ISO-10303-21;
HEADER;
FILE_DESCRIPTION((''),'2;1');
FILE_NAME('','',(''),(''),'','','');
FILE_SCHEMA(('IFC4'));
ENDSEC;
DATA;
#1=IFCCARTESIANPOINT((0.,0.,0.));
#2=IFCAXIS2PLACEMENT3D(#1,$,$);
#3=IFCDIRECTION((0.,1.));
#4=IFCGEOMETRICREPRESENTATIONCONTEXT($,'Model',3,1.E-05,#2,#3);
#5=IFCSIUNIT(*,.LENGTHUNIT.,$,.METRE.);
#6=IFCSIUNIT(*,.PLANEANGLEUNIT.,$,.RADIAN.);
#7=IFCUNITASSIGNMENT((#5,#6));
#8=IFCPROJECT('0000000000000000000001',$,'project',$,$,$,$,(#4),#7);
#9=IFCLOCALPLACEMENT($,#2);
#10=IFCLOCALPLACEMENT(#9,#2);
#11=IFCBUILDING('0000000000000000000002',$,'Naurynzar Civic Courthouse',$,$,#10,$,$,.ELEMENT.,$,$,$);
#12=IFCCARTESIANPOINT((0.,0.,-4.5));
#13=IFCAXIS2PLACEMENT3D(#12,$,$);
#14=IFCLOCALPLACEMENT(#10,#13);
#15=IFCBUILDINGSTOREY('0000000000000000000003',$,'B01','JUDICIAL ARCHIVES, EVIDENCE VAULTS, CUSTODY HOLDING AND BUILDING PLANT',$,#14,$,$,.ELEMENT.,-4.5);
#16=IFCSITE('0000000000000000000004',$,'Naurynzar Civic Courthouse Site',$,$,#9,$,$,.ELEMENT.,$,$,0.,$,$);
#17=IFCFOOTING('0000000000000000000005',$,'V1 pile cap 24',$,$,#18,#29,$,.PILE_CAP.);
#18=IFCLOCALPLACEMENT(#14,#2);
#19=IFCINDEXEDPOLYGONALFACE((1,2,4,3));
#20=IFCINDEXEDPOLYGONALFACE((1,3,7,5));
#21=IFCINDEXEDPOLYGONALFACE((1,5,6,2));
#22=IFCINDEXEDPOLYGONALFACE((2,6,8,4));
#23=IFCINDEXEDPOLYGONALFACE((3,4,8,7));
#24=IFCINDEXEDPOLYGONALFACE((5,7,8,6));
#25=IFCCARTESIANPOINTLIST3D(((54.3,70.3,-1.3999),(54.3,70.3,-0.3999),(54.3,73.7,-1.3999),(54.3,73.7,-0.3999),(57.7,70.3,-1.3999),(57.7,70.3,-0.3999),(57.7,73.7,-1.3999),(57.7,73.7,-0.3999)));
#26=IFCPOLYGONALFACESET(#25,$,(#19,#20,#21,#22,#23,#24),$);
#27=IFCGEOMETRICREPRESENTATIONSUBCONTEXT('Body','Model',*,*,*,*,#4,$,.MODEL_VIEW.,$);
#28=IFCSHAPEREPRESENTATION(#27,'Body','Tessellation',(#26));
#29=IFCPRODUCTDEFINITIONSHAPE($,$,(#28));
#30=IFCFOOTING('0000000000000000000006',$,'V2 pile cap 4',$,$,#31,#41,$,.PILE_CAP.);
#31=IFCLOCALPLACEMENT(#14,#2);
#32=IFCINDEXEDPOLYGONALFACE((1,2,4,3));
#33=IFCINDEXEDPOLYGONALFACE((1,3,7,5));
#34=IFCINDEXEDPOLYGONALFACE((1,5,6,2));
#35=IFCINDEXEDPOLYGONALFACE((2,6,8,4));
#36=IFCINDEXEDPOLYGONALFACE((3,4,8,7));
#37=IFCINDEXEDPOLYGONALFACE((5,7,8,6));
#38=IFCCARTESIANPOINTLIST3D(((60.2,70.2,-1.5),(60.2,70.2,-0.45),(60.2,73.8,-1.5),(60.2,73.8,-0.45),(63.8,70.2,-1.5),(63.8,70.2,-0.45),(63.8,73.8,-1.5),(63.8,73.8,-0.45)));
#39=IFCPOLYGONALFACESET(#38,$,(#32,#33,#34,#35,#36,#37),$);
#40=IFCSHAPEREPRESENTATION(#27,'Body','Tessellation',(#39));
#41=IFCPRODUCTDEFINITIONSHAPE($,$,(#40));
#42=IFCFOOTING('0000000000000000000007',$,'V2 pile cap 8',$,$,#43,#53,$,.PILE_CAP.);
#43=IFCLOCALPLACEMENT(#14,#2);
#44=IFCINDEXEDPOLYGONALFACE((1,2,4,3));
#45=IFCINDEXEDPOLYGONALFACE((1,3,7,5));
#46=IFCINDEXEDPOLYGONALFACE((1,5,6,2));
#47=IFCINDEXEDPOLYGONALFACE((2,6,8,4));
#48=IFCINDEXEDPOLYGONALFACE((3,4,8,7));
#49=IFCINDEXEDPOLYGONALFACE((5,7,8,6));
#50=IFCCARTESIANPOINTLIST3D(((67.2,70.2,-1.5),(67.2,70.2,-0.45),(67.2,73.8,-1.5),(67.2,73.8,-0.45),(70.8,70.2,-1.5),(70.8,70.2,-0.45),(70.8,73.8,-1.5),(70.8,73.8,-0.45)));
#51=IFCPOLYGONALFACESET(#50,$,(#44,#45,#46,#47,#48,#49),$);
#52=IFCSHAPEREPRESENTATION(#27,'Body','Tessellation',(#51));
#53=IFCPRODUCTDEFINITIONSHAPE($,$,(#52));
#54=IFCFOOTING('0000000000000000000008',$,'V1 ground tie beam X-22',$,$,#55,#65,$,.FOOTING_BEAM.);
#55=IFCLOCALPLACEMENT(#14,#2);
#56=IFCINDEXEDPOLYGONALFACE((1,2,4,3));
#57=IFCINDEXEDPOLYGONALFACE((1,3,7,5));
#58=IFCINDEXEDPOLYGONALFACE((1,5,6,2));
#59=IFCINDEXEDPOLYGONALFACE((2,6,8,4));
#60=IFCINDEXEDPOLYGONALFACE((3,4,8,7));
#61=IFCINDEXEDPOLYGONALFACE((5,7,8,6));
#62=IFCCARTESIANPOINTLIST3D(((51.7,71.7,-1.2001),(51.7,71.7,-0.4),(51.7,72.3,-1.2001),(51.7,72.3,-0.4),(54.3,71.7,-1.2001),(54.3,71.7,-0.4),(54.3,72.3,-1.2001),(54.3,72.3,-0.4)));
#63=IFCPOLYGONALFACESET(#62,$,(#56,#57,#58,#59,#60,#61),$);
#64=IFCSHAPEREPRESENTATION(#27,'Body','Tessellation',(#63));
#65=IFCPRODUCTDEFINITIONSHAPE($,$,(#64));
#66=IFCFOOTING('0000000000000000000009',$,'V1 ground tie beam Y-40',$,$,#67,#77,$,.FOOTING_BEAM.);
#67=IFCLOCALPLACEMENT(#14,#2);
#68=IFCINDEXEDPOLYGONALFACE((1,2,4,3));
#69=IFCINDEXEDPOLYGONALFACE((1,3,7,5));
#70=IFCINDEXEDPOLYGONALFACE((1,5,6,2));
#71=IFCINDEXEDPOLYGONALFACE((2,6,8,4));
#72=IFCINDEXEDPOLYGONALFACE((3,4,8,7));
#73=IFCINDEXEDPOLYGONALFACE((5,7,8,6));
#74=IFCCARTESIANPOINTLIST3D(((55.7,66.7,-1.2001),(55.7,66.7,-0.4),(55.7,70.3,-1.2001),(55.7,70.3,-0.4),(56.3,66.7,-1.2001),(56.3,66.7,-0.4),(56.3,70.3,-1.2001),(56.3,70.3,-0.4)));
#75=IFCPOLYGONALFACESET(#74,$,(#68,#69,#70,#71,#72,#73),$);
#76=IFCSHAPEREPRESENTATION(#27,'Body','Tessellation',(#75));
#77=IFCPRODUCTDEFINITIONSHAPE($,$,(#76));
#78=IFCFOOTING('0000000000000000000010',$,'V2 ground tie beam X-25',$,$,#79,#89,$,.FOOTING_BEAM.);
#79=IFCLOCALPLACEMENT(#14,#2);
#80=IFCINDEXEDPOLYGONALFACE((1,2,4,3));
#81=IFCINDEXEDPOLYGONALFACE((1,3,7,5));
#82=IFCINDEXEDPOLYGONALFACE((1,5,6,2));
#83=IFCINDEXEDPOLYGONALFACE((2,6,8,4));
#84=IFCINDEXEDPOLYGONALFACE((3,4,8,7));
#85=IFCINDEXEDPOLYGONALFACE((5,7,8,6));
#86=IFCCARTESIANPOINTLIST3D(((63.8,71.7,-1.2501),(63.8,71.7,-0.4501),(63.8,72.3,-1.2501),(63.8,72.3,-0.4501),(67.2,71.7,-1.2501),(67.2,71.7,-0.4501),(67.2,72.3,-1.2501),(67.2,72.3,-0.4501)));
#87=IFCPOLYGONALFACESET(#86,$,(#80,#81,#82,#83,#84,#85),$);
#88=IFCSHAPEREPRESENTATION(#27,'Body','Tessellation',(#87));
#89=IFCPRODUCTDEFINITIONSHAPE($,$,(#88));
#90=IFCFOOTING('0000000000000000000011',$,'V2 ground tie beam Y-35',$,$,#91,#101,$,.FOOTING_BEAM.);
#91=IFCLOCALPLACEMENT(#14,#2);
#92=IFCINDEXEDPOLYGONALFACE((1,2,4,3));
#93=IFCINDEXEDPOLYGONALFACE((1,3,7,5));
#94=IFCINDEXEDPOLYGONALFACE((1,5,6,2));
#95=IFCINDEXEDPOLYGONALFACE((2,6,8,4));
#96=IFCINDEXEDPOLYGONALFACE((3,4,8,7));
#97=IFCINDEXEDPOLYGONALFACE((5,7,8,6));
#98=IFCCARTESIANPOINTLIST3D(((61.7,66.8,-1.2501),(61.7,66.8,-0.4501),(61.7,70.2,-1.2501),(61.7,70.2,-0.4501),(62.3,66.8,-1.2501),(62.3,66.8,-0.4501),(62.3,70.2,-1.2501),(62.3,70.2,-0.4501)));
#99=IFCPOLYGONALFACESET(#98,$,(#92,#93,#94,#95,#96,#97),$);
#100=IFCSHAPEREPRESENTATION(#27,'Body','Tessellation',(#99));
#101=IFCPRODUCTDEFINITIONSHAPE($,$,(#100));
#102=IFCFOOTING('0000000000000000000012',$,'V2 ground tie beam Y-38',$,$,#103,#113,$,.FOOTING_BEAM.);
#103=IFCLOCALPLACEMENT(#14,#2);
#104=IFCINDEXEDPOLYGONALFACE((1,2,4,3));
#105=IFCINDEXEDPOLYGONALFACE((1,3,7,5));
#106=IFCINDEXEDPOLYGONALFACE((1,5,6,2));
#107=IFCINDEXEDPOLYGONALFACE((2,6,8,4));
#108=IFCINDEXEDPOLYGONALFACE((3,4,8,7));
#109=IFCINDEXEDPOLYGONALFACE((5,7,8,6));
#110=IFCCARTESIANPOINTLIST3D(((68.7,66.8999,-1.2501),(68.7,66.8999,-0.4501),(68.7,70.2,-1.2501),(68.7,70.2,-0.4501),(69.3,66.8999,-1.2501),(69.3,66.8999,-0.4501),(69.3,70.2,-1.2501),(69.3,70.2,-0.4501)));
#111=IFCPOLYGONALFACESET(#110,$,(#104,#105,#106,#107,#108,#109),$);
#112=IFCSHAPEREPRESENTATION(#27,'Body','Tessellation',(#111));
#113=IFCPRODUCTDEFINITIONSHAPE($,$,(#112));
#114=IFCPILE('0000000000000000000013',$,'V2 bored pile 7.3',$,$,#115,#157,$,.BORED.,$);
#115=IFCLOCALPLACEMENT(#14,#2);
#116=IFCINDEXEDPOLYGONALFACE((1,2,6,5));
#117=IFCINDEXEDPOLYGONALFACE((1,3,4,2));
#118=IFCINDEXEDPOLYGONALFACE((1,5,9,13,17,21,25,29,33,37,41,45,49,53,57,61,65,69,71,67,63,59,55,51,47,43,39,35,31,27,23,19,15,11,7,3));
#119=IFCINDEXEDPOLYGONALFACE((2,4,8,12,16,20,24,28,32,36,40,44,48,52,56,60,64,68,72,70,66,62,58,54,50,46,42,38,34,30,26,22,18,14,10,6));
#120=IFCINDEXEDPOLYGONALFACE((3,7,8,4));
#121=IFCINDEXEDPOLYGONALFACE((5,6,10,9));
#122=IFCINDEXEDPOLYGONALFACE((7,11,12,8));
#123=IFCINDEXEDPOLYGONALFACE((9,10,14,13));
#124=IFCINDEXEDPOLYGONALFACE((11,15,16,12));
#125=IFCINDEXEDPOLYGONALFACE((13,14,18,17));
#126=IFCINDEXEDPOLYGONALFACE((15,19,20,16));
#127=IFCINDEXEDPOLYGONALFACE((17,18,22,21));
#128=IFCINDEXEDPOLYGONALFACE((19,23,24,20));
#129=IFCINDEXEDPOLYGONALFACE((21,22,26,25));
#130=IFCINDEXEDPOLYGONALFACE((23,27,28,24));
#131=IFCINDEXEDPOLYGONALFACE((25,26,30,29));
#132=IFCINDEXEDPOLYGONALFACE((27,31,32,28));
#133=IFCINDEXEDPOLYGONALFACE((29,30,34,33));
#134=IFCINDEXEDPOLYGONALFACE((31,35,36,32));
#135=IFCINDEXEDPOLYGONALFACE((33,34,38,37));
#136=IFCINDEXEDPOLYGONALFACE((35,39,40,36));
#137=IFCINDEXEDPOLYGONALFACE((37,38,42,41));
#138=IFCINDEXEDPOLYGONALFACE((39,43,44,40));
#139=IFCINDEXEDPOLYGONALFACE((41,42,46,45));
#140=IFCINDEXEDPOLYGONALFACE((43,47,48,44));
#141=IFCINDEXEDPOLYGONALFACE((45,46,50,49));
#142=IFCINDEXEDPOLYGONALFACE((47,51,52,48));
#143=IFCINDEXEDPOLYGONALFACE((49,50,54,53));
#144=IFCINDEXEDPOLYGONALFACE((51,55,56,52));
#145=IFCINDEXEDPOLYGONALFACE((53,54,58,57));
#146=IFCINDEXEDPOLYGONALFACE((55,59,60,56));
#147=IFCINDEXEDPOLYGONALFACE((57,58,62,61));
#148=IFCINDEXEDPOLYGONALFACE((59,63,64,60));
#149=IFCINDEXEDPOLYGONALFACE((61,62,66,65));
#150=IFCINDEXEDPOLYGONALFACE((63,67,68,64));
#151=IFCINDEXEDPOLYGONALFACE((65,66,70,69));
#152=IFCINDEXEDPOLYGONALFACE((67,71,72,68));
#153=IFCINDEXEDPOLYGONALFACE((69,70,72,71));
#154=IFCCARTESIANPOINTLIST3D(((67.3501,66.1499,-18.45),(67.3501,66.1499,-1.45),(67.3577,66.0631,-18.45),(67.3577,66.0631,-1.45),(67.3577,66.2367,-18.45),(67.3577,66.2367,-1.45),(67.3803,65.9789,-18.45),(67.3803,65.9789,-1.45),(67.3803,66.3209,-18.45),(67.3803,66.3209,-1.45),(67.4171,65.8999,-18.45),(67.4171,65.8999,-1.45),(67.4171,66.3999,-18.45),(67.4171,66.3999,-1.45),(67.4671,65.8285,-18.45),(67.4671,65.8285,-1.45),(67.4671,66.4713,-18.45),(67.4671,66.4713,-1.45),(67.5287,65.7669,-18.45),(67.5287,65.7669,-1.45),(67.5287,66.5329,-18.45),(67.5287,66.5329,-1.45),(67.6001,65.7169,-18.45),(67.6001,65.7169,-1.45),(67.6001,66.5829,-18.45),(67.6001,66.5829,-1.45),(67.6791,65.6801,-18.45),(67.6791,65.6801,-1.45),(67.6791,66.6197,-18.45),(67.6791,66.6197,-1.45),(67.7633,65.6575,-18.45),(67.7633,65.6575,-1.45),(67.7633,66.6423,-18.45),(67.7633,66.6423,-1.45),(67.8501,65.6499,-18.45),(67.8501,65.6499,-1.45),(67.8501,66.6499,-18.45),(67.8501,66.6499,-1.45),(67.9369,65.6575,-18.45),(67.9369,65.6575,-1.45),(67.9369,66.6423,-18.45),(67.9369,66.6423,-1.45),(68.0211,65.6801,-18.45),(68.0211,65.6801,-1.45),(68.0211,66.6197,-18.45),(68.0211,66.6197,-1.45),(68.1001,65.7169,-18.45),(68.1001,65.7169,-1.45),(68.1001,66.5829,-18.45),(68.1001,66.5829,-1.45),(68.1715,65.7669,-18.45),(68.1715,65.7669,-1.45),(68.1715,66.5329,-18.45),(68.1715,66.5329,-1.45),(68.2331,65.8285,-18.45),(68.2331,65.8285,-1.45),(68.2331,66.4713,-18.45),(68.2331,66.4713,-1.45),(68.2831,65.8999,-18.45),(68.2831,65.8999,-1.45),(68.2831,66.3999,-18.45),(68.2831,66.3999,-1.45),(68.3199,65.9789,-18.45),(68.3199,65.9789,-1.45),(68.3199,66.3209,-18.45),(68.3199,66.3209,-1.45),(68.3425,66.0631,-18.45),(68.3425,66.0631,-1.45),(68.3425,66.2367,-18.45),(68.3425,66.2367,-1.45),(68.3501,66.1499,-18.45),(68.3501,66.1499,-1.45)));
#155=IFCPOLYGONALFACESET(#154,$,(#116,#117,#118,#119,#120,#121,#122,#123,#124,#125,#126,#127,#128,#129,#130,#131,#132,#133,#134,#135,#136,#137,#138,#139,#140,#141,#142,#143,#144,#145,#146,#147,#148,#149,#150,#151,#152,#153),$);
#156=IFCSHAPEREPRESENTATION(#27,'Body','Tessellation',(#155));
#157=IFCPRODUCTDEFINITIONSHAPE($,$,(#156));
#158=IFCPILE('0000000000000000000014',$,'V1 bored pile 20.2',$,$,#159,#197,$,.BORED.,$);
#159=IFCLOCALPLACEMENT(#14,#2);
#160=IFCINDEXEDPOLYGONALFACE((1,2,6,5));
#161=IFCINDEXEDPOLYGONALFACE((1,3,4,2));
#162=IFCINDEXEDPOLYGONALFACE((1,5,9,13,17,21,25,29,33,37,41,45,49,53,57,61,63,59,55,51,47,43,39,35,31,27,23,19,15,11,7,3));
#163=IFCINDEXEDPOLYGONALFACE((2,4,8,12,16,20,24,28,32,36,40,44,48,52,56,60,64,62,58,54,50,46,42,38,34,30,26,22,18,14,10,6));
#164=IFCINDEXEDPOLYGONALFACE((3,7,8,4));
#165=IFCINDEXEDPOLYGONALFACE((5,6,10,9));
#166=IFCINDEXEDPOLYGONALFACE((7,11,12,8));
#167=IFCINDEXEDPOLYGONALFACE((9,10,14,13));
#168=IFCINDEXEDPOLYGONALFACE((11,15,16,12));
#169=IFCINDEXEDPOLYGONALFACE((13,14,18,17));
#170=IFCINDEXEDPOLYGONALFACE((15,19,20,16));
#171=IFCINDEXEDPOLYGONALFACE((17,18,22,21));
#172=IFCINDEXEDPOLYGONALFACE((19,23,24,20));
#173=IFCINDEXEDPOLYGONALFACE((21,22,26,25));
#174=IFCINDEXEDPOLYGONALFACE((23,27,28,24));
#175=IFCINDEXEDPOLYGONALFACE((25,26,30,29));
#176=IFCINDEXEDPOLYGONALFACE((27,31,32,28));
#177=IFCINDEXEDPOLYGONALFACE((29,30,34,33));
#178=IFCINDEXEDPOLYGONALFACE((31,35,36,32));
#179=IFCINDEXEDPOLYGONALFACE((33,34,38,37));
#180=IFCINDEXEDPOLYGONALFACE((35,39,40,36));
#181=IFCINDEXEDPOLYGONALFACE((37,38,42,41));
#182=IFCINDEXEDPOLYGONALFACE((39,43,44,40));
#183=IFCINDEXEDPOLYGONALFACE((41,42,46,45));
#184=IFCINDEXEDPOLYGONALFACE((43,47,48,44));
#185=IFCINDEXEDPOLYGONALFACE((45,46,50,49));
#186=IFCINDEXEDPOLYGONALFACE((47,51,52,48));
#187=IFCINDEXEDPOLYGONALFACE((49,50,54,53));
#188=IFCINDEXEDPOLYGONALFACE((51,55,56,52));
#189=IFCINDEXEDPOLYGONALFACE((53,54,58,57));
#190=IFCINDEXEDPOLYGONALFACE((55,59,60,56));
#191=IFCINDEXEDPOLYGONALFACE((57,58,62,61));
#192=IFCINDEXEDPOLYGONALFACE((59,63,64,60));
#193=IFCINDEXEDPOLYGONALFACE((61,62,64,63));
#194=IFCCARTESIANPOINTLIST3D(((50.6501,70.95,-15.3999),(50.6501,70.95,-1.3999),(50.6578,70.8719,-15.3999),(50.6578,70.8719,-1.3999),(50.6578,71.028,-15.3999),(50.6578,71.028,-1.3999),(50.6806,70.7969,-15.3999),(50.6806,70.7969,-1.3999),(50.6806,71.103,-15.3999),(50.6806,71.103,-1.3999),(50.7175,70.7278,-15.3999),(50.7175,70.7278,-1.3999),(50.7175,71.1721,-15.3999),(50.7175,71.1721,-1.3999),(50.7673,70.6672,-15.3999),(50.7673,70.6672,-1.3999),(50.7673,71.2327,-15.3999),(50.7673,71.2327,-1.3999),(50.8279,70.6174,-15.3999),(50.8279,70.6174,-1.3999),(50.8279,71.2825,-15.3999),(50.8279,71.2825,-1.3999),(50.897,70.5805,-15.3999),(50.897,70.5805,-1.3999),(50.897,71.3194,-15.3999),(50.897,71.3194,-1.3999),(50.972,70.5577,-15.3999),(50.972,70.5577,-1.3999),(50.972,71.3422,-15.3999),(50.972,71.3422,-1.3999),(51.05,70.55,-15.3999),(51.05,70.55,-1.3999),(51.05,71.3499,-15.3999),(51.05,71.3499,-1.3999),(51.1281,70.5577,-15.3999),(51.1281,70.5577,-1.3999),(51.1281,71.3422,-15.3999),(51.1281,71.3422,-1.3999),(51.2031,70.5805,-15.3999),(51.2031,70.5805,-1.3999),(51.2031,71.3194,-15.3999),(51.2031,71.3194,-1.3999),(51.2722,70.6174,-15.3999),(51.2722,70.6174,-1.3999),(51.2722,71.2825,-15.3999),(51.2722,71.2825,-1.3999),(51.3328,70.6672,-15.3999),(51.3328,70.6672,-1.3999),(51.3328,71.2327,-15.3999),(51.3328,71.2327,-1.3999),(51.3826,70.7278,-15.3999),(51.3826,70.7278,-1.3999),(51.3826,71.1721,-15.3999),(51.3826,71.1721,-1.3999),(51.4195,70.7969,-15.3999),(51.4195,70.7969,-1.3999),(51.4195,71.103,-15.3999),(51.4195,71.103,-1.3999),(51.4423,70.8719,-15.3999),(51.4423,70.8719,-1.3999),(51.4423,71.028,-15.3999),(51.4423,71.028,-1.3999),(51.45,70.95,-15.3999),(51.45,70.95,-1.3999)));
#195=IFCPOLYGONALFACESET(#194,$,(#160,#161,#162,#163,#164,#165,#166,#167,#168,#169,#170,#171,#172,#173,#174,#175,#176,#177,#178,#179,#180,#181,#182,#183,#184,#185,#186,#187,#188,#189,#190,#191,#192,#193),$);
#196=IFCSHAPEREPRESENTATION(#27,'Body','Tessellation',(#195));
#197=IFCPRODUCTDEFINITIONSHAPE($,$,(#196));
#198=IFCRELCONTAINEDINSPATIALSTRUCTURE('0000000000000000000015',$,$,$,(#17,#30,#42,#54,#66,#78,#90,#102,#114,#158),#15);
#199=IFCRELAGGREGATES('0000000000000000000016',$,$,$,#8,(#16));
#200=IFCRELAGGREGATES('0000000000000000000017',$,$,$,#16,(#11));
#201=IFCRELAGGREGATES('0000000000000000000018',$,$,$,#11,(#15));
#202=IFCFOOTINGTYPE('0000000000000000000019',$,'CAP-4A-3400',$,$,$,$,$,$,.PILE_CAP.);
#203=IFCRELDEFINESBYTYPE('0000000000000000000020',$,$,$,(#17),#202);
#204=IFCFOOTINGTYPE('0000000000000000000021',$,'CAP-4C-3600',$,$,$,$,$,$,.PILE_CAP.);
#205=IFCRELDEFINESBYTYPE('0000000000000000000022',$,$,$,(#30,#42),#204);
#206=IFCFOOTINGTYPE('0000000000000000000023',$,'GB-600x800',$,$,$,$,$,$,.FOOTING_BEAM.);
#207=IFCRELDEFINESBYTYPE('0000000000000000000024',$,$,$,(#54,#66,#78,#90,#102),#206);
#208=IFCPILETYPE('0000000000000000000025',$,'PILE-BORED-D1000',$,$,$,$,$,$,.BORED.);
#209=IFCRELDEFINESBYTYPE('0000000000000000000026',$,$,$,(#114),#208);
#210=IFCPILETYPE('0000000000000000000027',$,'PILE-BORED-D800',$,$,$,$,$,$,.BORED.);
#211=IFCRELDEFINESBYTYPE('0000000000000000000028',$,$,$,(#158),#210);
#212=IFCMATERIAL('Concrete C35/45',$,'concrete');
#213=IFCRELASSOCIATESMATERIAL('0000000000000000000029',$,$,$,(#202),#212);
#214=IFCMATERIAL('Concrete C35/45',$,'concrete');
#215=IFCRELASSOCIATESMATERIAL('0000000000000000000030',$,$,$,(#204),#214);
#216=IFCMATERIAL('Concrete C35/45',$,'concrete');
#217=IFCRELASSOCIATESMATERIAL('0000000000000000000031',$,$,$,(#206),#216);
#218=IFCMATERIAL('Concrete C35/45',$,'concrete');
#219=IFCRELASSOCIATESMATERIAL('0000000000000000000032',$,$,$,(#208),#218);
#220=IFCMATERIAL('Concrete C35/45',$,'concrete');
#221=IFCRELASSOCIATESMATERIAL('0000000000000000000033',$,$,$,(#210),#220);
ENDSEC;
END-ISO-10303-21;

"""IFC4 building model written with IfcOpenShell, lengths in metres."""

from ifc_helpers import new_model, si_unit, direction, frame, origin, origin_2d, place, context, subcontext, project, spatial, rectangle, circle, extrude, material, material_profile, profile_set, type_object, element, save


model = new_model("IFC4")

# Units and contexts
model_context = context("Model", 3, precision=1e-05, world=origin(), true_north=direction((0.0, 1.0)))
body_context = subcontext(model_context, "Body", "Model", "MODEL_VIEW")
ifc_project = project(units=[si_unit("LENGTHUNIT", "METRE"), si_unit("PLANEANGLEUNIT", "RADIAN")], contexts=[model_context])

# Site, building, storey
site_placement = place(None, origin())
site = spatial("IfcSite", under=ifc_project, at=site_placement, Name="Naurynzar Civic Courthouse Site", CompositionType="ELEMENT", RefElevation=0.0)
building_placement = place(site_placement, origin())
building = spatial("IfcBuilding", under=site, at=building_placement, Name="Naurynzar Civic Courthouse", CompositionType="ELEMENT")
storey_placement = place(building_placement, frame((0.0, 0.0, -4.5)))
storey = spatial("IfcBuildingStorey", under=building, at=storey_placement, Name="B01", Description="JUDICIAL ARCHIVES, EVIDENCE VAULTS, CUSTODY HOLDING AND BUILDING PLANT", CompositionType="ELEMENT", Elevation=-4.5)

# Footings
ifc_material_1 = material(Name="Concrete C35/45", Category="concrete")
footing_type_1 = type_object("IfcFootingType", Name="CAP-4A-3400", PredefinedType="PILE_CAP", material=ifc_material_1)
footing_1_placement = place(storey_placement, frame((56.0, 72.0, -1.3999), z_axis=(0.0, 0.0, 1.0), x_axis=(1.0, 0.0, 0.0)))
element("IfcFooting", 1, at=footing_1_placement, inside=storey, type_object=footing_type_1, Name="V1 pile cap 24", PredefinedType="PILE_CAP", context=body_context, shape_type="SweptSolid", body=[
    extrude(rectangle(XDim=3.3999, YDim=3.3999, at=origin_2d()), origin(), (0.0, 0.0, 1.0), 1.0),
])
ifc_material_2 = material(Name="Concrete C35/45", Category="concrete")
footing_type_2 = type_object("IfcFootingType", Name="CAP-4C-3600", PredefinedType="PILE_CAP", material=ifc_material_2)
for number, where, z_axis, x_axis, name in (
    (2, (62.0, 72.0, -1.5), (0.0, 0.0, 1.0), (1.0, 0.0, 0.0), "V2 pile cap 4"),
    (3, (69.0, 72.0, -1.5), (0.0, 0.0, 1.0), (1.0, 0.0, 0.0), "V2 pile cap 8"),
):
    element("IfcFooting", number, at=place(storey_placement, frame(where, z_axis=z_axis, x_axis=x_axis)), inside=storey, type_object=footing_type_2, Name=name, PredefinedType="PILE_CAP", context=body_context, shape_type="SweptSolid", body=[
        extrude(rectangle(XDim=3.6001, YDim=3.6001, at=origin_2d()), origin(), (0.0, 0.0, 1.0), 1.05),
    ])
ifc_material_3 = material(Name="Concrete C35/45", Category="concrete")
ifc_material_profile_1 = material_profile(ifc_material_3, rectangle(XDim=0.6001, YDim=0.8, at=origin_2d()), Name="GB 600x800")
ifc_profile_set_1 = profile_set([ifc_material_profile_1], Name="Concrete C35/45")
footing_type_3 = type_object("IfcFootingType", Name="GB-600x800", PredefinedType="FOOTING_BEAM", material=ifc_profile_set_1)
footing_2_placement = place(storey_placement, frame((51.7, 72.0, -0.8), z_axis=(1.0, 0.0, 0.0), x_axis=(0.0, 1.0, 0.0)))
element("IfcFooting", 4, at=footing_2_placement, inside=storey, type_object=footing_type_3, Name="V1 ground tie beam X-22", PredefinedType="FOOTING_BEAM", context=body_context, shape_type="SweptSolid", body=[
    extrude(rectangle(XDim=0.6001, YDim=0.8, at=origin_2d()), origin(), (0.0, 0.0, 1.0), 2.6001),
])
footing_3_placement = place(storey_placement, frame((56.0, 66.7, -0.8), z_axis=(0.0, 1.0, 0.0), x_axis=(-1.0, 0.0, 0.0)))
element("IfcFooting", 5, at=footing_3_placement, inside=storey, type_object=footing_type_3, Name="V1 ground tie beam Y-40", PredefinedType="FOOTING_BEAM", context=body_context, shape_type="SweptSolid", body=[
    extrude(rectangle(XDim=0.6001, YDim=0.8, at=origin_2d()), origin(), (0.0, 0.0, 1.0), 3.6001),
])
for number, where, z_axis, x_axis, name in (
    (6, (63.8, 72.0, -0.8501), (1.0, 0.0, 0.0), (0.0, 1.0, 0.0), "V2 ground tie beam X-25"),
    (7, (62.0, 66.8, -0.8501), (0.0, 1.0, 0.0), (-1.0, 0.0, 0.0), "V2 ground tie beam Y-35"),
):
    element("IfcFooting", number, at=place(storey_placement, frame(where, z_axis=z_axis, x_axis=x_axis)), inside=storey, type_object=footing_type_3, Name=name, PredefinedType="FOOTING_BEAM", context=body_context, shape_type="SweptSolid", body=[
        extrude(rectangle(XDim=0.6001, YDim=0.8, at=origin_2d()), origin(), (0.0, 0.0, 1.0), 3.3999),
    ])
footing_4_placement = place(storey_placement, frame((69.0, 66.8999, -0.8501), z_axis=(0.0, 1.0, 0.0), x_axis=(-1.0, 0.0, 0.0)))
element("IfcFooting", 8, at=footing_4_placement, inside=storey, type_object=footing_type_3, Name="V2 ground tie beam Y-38", PredefinedType="FOOTING_BEAM", context=body_context, shape_type="SweptSolid", body=[
    extrude(rectangle(XDim=0.6001, YDim=0.8, at=origin_2d()), origin(), (0.0, 0.0, 1.0), 3.3),
])

# Piles
ifc_material_4 = material(Name="Concrete C35/45", Category="concrete")
ifc_material_profile_2 = material_profile(ifc_material_4, circle(Radius=0.5, at=origin_2d()), Name="PILE D1000")
ifc_profile_set_2 = profile_set([ifc_material_profile_2], Name="Concrete C35/45")
pile_type_1 = type_object("IfcPileType", Name="PILE-BORED-D1000", PredefinedType="BORED", material=ifc_profile_set_2)
pile_placement = place(storey_placement, frame((67.8501, 66.1499, -1.45), z_axis=(0.0, 0.0, -1.0), x_axis=(1.0, 0.0, 0.0)))
element("IfcPile", 9, at=pile_placement, inside=storey, type_object=pile_type_1, Name="V2 bored pile 7.3", PredefinedType="BORED", context=body_context, shape_type="SweptSolid", body=[
    extrude(circle(Radius=0.5, at=origin_2d()), origin(), (0.0, 0.0, 1.0), 17.0),
])
ifc_material_5 = material(Name="Concrete C35/45", Category="concrete")
ifc_material_profile_3 = material_profile(ifc_material_5, circle(Radius=0.3999, at=origin_2d()), Name="PILE D800")
ifc_profile_set_3 = profile_set([ifc_material_profile_3], Name="Concrete C35/45")
pile_type_2 = type_object("IfcPileType", Name="PILE-BORED-D800", PredefinedType="BORED", material=ifc_profile_set_3)
for number, where, z_axis, x_axis, name in (
    (10, (51.05, 70.95, -1.3999), (0.0, 0.0, -1.0), (1.0, 0.0, 0.0), "V1 bored pile 20.2"),
):
    element("IfcPile", number, at=place(storey_placement, frame(where, z_axis=z_axis, x_axis=x_axis)), inside=storey, type_object=pile_type_2, Name=name, PredefinedType="BORED", context=body_context, shape_type="SweptSolid", body=[
        extrude(circle(Radius=0.3999, at=origin_2d()), origin(), (0.0, 0.0, 1.0), 14.0),
    ])

save(model, "model.ifc")
